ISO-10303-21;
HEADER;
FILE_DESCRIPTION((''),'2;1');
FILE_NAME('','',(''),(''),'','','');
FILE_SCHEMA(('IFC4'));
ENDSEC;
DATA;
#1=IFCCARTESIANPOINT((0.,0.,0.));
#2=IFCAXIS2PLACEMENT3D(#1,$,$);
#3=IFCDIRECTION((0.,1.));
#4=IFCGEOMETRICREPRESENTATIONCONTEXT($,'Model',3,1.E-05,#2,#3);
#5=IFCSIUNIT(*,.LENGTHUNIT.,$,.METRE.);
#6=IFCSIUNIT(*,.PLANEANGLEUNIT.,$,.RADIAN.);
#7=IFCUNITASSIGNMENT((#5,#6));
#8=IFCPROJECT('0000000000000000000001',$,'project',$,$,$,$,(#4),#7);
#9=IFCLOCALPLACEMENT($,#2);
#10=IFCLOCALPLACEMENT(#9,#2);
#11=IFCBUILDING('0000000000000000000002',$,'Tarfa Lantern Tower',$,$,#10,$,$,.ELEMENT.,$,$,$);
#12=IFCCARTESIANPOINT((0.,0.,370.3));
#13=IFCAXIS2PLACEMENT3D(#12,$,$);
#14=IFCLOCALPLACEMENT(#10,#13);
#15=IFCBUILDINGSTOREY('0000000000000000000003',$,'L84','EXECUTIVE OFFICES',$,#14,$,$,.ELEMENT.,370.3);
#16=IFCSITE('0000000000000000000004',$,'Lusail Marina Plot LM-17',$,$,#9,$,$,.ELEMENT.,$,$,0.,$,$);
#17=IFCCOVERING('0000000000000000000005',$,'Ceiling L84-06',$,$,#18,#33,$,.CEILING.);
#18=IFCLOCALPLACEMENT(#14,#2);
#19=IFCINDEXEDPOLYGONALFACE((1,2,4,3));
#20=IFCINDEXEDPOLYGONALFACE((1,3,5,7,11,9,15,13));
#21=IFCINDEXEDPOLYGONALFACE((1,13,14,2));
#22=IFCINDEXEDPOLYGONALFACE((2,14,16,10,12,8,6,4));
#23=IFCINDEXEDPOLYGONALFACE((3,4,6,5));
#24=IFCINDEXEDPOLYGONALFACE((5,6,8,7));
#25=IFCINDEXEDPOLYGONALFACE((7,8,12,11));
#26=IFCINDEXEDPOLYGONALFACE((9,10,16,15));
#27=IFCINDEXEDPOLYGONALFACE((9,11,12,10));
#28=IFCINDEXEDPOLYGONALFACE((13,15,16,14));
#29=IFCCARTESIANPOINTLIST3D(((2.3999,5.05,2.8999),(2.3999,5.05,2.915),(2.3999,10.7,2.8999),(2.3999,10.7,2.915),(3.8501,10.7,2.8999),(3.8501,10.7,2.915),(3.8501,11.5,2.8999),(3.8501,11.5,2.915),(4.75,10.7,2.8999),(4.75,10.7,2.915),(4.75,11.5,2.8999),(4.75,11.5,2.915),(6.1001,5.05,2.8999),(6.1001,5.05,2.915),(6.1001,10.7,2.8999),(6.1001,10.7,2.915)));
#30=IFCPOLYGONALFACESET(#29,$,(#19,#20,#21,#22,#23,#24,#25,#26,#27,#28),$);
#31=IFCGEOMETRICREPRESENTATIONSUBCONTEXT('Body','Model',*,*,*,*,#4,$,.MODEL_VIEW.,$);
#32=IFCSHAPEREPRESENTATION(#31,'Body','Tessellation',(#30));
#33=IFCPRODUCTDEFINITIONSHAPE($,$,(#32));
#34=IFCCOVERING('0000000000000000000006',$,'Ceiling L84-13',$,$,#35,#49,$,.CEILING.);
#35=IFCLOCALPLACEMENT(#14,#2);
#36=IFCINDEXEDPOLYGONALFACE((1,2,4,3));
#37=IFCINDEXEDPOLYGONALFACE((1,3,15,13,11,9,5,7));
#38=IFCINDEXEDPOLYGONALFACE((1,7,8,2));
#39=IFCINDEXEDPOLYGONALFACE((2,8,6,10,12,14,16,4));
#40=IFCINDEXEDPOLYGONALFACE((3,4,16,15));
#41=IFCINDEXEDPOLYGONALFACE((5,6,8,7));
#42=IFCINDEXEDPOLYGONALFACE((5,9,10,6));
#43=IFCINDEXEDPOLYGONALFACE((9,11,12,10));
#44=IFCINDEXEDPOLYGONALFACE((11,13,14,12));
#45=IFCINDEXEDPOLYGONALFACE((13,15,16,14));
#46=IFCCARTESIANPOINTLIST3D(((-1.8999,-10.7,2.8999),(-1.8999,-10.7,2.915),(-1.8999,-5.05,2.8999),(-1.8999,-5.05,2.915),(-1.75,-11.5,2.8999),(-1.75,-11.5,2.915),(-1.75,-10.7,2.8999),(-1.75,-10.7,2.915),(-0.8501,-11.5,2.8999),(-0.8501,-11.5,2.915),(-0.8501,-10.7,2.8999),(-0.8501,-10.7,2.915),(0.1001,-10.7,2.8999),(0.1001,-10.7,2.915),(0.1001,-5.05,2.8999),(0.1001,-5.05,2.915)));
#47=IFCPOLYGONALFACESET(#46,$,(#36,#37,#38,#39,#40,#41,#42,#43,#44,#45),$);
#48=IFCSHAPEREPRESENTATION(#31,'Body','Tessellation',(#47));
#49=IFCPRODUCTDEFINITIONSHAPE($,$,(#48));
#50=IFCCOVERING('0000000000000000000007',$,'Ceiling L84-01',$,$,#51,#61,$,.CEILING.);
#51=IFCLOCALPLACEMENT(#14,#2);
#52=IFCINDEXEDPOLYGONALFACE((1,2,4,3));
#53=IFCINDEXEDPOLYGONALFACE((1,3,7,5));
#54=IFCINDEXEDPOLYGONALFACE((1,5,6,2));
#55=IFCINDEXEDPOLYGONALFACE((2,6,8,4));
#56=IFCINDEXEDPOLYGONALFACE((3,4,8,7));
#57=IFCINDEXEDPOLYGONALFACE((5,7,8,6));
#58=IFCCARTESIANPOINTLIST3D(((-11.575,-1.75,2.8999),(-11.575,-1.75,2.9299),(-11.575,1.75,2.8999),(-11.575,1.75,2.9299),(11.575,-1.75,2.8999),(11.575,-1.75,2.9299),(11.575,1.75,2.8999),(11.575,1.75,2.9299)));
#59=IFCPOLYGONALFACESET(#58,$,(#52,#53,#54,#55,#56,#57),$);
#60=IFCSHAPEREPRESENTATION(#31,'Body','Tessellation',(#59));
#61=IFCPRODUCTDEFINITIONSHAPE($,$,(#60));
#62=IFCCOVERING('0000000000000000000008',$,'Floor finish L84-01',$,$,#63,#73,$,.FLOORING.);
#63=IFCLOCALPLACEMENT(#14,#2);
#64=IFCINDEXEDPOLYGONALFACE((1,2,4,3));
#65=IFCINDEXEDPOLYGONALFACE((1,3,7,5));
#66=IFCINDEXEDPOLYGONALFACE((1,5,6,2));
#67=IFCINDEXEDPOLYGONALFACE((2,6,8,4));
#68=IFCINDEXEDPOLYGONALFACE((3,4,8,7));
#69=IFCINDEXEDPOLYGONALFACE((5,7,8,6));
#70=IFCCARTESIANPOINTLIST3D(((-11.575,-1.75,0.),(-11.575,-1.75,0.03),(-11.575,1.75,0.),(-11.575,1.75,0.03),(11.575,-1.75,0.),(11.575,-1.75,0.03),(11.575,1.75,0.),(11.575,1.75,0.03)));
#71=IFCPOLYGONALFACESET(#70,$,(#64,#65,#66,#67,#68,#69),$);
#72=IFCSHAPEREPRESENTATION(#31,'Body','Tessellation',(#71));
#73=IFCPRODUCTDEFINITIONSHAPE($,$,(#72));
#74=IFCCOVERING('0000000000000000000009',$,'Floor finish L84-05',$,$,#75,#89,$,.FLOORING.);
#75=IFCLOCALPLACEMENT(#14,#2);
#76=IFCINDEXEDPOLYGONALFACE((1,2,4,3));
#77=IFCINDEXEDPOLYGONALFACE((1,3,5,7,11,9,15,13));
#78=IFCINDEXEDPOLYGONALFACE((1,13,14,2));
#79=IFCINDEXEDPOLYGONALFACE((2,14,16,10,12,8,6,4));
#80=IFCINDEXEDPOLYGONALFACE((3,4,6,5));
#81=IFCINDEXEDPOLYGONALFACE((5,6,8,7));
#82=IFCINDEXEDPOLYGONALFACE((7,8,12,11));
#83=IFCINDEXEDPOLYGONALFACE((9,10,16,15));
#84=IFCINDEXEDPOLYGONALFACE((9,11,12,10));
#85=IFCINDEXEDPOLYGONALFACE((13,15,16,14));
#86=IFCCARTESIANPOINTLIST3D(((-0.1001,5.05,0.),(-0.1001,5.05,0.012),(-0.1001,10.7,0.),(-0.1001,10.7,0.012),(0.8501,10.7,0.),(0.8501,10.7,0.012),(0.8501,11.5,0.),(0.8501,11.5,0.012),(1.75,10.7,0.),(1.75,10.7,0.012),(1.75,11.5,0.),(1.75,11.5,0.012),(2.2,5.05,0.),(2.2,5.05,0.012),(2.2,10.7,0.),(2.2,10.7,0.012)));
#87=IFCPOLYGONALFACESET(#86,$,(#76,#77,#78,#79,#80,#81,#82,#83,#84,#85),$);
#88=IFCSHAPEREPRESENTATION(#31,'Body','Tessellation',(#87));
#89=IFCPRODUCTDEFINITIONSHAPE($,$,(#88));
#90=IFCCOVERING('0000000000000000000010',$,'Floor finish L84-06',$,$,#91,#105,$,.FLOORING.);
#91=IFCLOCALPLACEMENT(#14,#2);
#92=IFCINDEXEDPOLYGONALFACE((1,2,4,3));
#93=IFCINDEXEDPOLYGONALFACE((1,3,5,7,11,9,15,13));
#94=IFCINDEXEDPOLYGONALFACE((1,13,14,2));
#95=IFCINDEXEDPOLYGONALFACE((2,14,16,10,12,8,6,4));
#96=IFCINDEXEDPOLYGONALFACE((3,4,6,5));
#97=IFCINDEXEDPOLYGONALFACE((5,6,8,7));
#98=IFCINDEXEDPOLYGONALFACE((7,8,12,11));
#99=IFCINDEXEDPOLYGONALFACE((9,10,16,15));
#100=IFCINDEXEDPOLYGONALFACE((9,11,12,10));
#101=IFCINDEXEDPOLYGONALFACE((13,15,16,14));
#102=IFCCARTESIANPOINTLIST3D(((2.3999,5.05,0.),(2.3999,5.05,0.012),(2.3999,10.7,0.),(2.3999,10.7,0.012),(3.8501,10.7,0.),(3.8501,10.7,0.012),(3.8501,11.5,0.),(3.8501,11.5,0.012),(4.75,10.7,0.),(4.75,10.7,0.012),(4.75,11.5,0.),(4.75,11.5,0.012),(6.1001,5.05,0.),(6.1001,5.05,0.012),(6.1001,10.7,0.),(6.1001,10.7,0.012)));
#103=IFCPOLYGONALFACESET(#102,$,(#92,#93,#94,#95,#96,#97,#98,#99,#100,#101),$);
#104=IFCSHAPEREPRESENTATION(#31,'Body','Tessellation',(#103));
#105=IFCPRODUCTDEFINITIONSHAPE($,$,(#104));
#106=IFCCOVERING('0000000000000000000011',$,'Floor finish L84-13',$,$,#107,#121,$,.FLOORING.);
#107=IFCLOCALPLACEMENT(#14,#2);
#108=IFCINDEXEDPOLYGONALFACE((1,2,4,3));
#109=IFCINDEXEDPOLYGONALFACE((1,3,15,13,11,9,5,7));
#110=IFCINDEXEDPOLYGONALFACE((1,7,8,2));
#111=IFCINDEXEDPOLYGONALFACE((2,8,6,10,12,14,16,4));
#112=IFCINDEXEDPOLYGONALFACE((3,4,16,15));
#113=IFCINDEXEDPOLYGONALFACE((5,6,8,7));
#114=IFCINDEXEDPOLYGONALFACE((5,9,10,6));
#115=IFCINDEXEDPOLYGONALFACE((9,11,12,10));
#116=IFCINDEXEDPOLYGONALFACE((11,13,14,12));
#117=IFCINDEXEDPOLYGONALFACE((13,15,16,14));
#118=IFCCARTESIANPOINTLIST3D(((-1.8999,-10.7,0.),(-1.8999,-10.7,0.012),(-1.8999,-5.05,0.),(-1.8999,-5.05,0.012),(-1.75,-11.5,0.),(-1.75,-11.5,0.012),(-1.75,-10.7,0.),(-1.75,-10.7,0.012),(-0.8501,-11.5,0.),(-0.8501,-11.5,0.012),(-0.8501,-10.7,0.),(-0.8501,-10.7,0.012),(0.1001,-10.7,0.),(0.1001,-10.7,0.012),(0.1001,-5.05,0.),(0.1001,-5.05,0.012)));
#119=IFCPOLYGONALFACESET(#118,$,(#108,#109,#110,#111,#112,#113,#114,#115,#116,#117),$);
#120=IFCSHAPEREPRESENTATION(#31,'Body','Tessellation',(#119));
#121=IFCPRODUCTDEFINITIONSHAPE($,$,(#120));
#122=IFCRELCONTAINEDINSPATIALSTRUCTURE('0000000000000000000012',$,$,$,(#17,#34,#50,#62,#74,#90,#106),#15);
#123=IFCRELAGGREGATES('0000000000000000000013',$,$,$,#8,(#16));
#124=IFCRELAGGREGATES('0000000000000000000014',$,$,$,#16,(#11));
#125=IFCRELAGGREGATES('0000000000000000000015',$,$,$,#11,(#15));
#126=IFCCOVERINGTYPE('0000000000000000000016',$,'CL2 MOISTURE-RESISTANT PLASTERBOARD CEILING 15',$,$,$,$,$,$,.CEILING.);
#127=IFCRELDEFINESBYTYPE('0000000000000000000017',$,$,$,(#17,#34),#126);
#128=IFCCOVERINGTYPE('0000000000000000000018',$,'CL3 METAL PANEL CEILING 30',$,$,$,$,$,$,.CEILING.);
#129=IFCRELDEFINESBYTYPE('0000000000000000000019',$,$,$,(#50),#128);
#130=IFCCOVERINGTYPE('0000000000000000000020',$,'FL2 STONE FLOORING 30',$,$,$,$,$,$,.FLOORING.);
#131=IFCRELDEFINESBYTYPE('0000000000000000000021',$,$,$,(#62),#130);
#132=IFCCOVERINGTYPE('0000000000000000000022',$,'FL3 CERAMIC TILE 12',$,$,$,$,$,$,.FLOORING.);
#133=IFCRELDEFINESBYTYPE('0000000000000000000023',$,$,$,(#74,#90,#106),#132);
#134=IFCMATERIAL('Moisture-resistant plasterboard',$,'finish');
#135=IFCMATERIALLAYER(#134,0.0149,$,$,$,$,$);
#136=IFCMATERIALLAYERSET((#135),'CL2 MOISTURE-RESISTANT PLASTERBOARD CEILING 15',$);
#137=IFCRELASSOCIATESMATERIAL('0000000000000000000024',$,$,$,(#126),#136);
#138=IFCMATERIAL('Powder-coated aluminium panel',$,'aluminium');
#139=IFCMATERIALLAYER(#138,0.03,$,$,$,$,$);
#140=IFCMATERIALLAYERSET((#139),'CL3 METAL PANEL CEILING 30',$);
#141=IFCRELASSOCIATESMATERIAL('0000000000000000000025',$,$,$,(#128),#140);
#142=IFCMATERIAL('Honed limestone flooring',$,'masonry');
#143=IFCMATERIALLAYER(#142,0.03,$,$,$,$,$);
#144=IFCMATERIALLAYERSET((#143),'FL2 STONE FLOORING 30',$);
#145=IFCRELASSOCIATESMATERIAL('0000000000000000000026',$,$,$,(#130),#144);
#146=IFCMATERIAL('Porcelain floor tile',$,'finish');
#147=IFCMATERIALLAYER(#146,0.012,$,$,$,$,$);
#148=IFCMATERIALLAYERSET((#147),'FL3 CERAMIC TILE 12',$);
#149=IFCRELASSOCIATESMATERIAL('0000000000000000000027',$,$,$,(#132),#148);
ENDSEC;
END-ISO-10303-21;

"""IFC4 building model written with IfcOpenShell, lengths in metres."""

from ifc_helpers import new_model, si_unit, direction, frame, origin, place, context, subcontext, project, spatial, polyline, outline, extrude, material, layer, layer_set, type_object, element, save


model = new_model("IFC4")

# Units and contexts
model_context = context("Model", 3, precision=1e-05, world=origin(), true_north=direction((0.0, 1.0)))
body_context = subcontext(model_context, "Body", "Model", "MODEL_VIEW")
ifc_project = project(units=[si_unit("LENGTHUNIT", "METRE"), si_unit("PLANEANGLEUNIT", "RADIAN")], contexts=[model_context])

# Site, building, storey
site_placement = place(None, origin())
site = spatial("IfcSite", under=ifc_project, at=site_placement, Name="Lusail Marina Plot LM-17", CompositionType="ELEMENT", RefElevation=0.0)
building_placement = place(site_placement, origin())
building = spatial("IfcBuilding", under=site, at=building_placement, Name="Tarfa Lantern Tower", CompositionType="ELEMENT")
storey_placement = place(building_placement, frame((0.0, 0.0, 370.3)))
storey = spatial("IfcBuildingStorey", under=building, at=storey_placement, Name="L84", Description="EXECUTIVE OFFICES", CompositionType="ELEMENT", Elevation=370.3)

# Coverings
ifc_material_1 = material(Name="Moisture-resistant plasterboard", Category="finish")
ifc_layer_1 = layer(ifc_material_1, 0.0149)
ifc_layer_set_1 = layer_set([ifc_layer_1], Name="CL2 MOISTURE-RESISTANT PLASTERBOARD CEILING 15")
covering_type_1 = type_object("IfcCoveringType", Name="CL2 MOISTURE-RESISTANT PLASTERBOARD CEILING 15", PredefinedType="CEILING", material=ifc_layer_set_1)
covering_1_placement = place(storey_placement, frame((0.0, 0.0, 2.8999)))
element("IfcCovering", 1, at=covering_1_placement, inside=storey, type_object=covering_type_1, Name="Ceiling L84-06", PredefinedType="CEILING", context=body_context, shape_type="SweptSolid", body=[
    extrude(outline(polyline([(2.3999, 5.05), (6.1001, 5.05), (6.1001, 10.7), (4.75, 10.7), (4.75, 11.5), (3.8501, 11.5), (3.8501, 10.7), (2.3999, 10.7), (2.3999, 5.05)])), origin(), (0.0, 0.0, 1.0), 0.0151),
])
covering_2_placement = place(storey_placement, frame((0.0, 0.0, 2.8999)))
element("IfcCovering", 2, at=covering_2_placement, inside=storey, type_object=covering_type_1, Name="Ceiling L84-13", PredefinedType="CEILING", context=body_context, shape_type="SweptSolid", body=[
    extrude(outline(polyline([(-0.8501, -10.7), (0.1001, -10.7), (0.1001, -5.05), (-1.8999, -5.05), (-1.8999, -10.7), (-1.75, -10.7), (-1.75, -11.5), (-1.75, -11.5), (-0.8501, -11.5), (-0.8501, -10.7)])), origin(), (0.0, 0.0, 1.0), 0.0151),
])
ifc_material_2 = material(Name="Powder-coated aluminium panel", Category="aluminium")
ifc_layer_2 = layer(ifc_material_2, 0.03)
ifc_layer_set_2 = layer_set([ifc_layer_2], Name="CL3 METAL PANEL CEILING 30")
covering_type_2 = type_object("IfcCoveringType", Name="CL3 METAL PANEL CEILING 30", PredefinedType="CEILING", material=ifc_layer_set_2)
covering_3_placement = place(storey_placement, frame((0.0, 0.0, 2.8999)))
element("IfcCovering", 3, at=covering_3_placement, inside=storey, type_object=covering_type_2, Name="Ceiling L84-01", PredefinedType="CEILING", context=body_context, shape_type="SweptSolid", body=[
    extrude(outline(polyline([(-11.575, -1.75), (11.575, -1.75), (11.575, 1.75), (-11.575, 1.75), (-11.575, -1.75)])), origin(), (0.0, 0.0, 1.0), 0.03),
])
ifc_material_3 = material(Name="Honed limestone flooring", Category="masonry")
ifc_layer_3 = layer(ifc_material_3, 0.03)
ifc_layer_set_3 = layer_set([ifc_layer_3], Name="FL2 STONE FLOORING 30")
covering_type_3 = type_object("IfcCoveringType", Name="FL2 STONE FLOORING 30", PredefinedType="FLOORING", material=ifc_layer_set_3)
covering_4_placement = place(storey_placement, origin())
element("IfcCovering", 4, at=covering_4_placement, inside=storey, type_object=covering_type_3, Name="Floor finish L84-01", PredefinedType="FLOORING", context=body_context, shape_type="SweptSolid", body=[
    extrude(outline(polyline([(-11.575, -1.75), (11.575, -1.75), (11.575, 1.75), (-11.575, 1.75), (-11.575, -1.75)])), origin(), (0.0, 0.0, 1.0), 0.03),
])
ifc_material_4 = material(Name="Porcelain floor tile", Category="finish")
ifc_layer_4 = layer(ifc_material_4, 0.012)
ifc_layer_set_4 = layer_set([ifc_layer_4], Name="FL3 CERAMIC TILE 12")
covering_type_4 = type_object("IfcCoveringType", Name="FL3 CERAMIC TILE 12", PredefinedType="FLOORING", material=ifc_layer_set_4)
covering_5_placement = place(storey_placement, origin())
element("IfcCovering", 5, at=covering_5_placement, inside=storey, type_object=covering_type_4, Name="Floor finish L84-05", PredefinedType="FLOORING", context=body_context, shape_type="SweptSolid", body=[
    extrude(outline(polyline([(0.8501, 10.7), (-0.1001, 10.7), (-0.1001, 5.05), (2.2, 5.05), (2.2, 10.7), (1.75, 10.7), (1.75, 11.5), (0.8501, 11.5), (0.8501, 10.7)])), origin(), (0.0, 0.0, 1.0), 0.012),
])
covering_6_placement = place(storey_placement, origin())
element("IfcCovering", 6, at=covering_6_placement, inside=storey, type_object=covering_type_4, Name="Floor finish L84-06", PredefinedType="FLOORING", context=body_context, shape_type="SweptSolid", body=[
    extrude(outline(polyline([(2.3999, 5.05), (6.1001, 5.05), (6.1001, 10.7), (4.75, 10.7), (4.75, 11.5), (3.8501, 11.5), (3.8501, 10.7), (2.3999, 10.7), (2.3999, 5.05)])), origin(), (0.0, 0.0, 1.0), 0.012),
])
covering_7_placement = place(storey_placement, origin())
element("IfcCovering", 7, at=covering_7_placement, inside=storey, type_object=covering_type_4, Name="Floor finish L84-13", PredefinedType="FLOORING", context=body_context, shape_type="SweptSolid", body=[
    extrude(outline(polyline([(-0.8501, -10.7), (0.1001, -10.7), (0.1001, -5.05), (-1.8999, -5.05), (-1.8999, -10.7), (-1.75, -10.7), (-1.75, -11.5), (-1.75, -11.5), (-0.8501, -11.5), (-0.8501, -10.7)])), origin(), (0.0, 0.0, 1.0), 0.012),
])

save(model, "model.ifc")
